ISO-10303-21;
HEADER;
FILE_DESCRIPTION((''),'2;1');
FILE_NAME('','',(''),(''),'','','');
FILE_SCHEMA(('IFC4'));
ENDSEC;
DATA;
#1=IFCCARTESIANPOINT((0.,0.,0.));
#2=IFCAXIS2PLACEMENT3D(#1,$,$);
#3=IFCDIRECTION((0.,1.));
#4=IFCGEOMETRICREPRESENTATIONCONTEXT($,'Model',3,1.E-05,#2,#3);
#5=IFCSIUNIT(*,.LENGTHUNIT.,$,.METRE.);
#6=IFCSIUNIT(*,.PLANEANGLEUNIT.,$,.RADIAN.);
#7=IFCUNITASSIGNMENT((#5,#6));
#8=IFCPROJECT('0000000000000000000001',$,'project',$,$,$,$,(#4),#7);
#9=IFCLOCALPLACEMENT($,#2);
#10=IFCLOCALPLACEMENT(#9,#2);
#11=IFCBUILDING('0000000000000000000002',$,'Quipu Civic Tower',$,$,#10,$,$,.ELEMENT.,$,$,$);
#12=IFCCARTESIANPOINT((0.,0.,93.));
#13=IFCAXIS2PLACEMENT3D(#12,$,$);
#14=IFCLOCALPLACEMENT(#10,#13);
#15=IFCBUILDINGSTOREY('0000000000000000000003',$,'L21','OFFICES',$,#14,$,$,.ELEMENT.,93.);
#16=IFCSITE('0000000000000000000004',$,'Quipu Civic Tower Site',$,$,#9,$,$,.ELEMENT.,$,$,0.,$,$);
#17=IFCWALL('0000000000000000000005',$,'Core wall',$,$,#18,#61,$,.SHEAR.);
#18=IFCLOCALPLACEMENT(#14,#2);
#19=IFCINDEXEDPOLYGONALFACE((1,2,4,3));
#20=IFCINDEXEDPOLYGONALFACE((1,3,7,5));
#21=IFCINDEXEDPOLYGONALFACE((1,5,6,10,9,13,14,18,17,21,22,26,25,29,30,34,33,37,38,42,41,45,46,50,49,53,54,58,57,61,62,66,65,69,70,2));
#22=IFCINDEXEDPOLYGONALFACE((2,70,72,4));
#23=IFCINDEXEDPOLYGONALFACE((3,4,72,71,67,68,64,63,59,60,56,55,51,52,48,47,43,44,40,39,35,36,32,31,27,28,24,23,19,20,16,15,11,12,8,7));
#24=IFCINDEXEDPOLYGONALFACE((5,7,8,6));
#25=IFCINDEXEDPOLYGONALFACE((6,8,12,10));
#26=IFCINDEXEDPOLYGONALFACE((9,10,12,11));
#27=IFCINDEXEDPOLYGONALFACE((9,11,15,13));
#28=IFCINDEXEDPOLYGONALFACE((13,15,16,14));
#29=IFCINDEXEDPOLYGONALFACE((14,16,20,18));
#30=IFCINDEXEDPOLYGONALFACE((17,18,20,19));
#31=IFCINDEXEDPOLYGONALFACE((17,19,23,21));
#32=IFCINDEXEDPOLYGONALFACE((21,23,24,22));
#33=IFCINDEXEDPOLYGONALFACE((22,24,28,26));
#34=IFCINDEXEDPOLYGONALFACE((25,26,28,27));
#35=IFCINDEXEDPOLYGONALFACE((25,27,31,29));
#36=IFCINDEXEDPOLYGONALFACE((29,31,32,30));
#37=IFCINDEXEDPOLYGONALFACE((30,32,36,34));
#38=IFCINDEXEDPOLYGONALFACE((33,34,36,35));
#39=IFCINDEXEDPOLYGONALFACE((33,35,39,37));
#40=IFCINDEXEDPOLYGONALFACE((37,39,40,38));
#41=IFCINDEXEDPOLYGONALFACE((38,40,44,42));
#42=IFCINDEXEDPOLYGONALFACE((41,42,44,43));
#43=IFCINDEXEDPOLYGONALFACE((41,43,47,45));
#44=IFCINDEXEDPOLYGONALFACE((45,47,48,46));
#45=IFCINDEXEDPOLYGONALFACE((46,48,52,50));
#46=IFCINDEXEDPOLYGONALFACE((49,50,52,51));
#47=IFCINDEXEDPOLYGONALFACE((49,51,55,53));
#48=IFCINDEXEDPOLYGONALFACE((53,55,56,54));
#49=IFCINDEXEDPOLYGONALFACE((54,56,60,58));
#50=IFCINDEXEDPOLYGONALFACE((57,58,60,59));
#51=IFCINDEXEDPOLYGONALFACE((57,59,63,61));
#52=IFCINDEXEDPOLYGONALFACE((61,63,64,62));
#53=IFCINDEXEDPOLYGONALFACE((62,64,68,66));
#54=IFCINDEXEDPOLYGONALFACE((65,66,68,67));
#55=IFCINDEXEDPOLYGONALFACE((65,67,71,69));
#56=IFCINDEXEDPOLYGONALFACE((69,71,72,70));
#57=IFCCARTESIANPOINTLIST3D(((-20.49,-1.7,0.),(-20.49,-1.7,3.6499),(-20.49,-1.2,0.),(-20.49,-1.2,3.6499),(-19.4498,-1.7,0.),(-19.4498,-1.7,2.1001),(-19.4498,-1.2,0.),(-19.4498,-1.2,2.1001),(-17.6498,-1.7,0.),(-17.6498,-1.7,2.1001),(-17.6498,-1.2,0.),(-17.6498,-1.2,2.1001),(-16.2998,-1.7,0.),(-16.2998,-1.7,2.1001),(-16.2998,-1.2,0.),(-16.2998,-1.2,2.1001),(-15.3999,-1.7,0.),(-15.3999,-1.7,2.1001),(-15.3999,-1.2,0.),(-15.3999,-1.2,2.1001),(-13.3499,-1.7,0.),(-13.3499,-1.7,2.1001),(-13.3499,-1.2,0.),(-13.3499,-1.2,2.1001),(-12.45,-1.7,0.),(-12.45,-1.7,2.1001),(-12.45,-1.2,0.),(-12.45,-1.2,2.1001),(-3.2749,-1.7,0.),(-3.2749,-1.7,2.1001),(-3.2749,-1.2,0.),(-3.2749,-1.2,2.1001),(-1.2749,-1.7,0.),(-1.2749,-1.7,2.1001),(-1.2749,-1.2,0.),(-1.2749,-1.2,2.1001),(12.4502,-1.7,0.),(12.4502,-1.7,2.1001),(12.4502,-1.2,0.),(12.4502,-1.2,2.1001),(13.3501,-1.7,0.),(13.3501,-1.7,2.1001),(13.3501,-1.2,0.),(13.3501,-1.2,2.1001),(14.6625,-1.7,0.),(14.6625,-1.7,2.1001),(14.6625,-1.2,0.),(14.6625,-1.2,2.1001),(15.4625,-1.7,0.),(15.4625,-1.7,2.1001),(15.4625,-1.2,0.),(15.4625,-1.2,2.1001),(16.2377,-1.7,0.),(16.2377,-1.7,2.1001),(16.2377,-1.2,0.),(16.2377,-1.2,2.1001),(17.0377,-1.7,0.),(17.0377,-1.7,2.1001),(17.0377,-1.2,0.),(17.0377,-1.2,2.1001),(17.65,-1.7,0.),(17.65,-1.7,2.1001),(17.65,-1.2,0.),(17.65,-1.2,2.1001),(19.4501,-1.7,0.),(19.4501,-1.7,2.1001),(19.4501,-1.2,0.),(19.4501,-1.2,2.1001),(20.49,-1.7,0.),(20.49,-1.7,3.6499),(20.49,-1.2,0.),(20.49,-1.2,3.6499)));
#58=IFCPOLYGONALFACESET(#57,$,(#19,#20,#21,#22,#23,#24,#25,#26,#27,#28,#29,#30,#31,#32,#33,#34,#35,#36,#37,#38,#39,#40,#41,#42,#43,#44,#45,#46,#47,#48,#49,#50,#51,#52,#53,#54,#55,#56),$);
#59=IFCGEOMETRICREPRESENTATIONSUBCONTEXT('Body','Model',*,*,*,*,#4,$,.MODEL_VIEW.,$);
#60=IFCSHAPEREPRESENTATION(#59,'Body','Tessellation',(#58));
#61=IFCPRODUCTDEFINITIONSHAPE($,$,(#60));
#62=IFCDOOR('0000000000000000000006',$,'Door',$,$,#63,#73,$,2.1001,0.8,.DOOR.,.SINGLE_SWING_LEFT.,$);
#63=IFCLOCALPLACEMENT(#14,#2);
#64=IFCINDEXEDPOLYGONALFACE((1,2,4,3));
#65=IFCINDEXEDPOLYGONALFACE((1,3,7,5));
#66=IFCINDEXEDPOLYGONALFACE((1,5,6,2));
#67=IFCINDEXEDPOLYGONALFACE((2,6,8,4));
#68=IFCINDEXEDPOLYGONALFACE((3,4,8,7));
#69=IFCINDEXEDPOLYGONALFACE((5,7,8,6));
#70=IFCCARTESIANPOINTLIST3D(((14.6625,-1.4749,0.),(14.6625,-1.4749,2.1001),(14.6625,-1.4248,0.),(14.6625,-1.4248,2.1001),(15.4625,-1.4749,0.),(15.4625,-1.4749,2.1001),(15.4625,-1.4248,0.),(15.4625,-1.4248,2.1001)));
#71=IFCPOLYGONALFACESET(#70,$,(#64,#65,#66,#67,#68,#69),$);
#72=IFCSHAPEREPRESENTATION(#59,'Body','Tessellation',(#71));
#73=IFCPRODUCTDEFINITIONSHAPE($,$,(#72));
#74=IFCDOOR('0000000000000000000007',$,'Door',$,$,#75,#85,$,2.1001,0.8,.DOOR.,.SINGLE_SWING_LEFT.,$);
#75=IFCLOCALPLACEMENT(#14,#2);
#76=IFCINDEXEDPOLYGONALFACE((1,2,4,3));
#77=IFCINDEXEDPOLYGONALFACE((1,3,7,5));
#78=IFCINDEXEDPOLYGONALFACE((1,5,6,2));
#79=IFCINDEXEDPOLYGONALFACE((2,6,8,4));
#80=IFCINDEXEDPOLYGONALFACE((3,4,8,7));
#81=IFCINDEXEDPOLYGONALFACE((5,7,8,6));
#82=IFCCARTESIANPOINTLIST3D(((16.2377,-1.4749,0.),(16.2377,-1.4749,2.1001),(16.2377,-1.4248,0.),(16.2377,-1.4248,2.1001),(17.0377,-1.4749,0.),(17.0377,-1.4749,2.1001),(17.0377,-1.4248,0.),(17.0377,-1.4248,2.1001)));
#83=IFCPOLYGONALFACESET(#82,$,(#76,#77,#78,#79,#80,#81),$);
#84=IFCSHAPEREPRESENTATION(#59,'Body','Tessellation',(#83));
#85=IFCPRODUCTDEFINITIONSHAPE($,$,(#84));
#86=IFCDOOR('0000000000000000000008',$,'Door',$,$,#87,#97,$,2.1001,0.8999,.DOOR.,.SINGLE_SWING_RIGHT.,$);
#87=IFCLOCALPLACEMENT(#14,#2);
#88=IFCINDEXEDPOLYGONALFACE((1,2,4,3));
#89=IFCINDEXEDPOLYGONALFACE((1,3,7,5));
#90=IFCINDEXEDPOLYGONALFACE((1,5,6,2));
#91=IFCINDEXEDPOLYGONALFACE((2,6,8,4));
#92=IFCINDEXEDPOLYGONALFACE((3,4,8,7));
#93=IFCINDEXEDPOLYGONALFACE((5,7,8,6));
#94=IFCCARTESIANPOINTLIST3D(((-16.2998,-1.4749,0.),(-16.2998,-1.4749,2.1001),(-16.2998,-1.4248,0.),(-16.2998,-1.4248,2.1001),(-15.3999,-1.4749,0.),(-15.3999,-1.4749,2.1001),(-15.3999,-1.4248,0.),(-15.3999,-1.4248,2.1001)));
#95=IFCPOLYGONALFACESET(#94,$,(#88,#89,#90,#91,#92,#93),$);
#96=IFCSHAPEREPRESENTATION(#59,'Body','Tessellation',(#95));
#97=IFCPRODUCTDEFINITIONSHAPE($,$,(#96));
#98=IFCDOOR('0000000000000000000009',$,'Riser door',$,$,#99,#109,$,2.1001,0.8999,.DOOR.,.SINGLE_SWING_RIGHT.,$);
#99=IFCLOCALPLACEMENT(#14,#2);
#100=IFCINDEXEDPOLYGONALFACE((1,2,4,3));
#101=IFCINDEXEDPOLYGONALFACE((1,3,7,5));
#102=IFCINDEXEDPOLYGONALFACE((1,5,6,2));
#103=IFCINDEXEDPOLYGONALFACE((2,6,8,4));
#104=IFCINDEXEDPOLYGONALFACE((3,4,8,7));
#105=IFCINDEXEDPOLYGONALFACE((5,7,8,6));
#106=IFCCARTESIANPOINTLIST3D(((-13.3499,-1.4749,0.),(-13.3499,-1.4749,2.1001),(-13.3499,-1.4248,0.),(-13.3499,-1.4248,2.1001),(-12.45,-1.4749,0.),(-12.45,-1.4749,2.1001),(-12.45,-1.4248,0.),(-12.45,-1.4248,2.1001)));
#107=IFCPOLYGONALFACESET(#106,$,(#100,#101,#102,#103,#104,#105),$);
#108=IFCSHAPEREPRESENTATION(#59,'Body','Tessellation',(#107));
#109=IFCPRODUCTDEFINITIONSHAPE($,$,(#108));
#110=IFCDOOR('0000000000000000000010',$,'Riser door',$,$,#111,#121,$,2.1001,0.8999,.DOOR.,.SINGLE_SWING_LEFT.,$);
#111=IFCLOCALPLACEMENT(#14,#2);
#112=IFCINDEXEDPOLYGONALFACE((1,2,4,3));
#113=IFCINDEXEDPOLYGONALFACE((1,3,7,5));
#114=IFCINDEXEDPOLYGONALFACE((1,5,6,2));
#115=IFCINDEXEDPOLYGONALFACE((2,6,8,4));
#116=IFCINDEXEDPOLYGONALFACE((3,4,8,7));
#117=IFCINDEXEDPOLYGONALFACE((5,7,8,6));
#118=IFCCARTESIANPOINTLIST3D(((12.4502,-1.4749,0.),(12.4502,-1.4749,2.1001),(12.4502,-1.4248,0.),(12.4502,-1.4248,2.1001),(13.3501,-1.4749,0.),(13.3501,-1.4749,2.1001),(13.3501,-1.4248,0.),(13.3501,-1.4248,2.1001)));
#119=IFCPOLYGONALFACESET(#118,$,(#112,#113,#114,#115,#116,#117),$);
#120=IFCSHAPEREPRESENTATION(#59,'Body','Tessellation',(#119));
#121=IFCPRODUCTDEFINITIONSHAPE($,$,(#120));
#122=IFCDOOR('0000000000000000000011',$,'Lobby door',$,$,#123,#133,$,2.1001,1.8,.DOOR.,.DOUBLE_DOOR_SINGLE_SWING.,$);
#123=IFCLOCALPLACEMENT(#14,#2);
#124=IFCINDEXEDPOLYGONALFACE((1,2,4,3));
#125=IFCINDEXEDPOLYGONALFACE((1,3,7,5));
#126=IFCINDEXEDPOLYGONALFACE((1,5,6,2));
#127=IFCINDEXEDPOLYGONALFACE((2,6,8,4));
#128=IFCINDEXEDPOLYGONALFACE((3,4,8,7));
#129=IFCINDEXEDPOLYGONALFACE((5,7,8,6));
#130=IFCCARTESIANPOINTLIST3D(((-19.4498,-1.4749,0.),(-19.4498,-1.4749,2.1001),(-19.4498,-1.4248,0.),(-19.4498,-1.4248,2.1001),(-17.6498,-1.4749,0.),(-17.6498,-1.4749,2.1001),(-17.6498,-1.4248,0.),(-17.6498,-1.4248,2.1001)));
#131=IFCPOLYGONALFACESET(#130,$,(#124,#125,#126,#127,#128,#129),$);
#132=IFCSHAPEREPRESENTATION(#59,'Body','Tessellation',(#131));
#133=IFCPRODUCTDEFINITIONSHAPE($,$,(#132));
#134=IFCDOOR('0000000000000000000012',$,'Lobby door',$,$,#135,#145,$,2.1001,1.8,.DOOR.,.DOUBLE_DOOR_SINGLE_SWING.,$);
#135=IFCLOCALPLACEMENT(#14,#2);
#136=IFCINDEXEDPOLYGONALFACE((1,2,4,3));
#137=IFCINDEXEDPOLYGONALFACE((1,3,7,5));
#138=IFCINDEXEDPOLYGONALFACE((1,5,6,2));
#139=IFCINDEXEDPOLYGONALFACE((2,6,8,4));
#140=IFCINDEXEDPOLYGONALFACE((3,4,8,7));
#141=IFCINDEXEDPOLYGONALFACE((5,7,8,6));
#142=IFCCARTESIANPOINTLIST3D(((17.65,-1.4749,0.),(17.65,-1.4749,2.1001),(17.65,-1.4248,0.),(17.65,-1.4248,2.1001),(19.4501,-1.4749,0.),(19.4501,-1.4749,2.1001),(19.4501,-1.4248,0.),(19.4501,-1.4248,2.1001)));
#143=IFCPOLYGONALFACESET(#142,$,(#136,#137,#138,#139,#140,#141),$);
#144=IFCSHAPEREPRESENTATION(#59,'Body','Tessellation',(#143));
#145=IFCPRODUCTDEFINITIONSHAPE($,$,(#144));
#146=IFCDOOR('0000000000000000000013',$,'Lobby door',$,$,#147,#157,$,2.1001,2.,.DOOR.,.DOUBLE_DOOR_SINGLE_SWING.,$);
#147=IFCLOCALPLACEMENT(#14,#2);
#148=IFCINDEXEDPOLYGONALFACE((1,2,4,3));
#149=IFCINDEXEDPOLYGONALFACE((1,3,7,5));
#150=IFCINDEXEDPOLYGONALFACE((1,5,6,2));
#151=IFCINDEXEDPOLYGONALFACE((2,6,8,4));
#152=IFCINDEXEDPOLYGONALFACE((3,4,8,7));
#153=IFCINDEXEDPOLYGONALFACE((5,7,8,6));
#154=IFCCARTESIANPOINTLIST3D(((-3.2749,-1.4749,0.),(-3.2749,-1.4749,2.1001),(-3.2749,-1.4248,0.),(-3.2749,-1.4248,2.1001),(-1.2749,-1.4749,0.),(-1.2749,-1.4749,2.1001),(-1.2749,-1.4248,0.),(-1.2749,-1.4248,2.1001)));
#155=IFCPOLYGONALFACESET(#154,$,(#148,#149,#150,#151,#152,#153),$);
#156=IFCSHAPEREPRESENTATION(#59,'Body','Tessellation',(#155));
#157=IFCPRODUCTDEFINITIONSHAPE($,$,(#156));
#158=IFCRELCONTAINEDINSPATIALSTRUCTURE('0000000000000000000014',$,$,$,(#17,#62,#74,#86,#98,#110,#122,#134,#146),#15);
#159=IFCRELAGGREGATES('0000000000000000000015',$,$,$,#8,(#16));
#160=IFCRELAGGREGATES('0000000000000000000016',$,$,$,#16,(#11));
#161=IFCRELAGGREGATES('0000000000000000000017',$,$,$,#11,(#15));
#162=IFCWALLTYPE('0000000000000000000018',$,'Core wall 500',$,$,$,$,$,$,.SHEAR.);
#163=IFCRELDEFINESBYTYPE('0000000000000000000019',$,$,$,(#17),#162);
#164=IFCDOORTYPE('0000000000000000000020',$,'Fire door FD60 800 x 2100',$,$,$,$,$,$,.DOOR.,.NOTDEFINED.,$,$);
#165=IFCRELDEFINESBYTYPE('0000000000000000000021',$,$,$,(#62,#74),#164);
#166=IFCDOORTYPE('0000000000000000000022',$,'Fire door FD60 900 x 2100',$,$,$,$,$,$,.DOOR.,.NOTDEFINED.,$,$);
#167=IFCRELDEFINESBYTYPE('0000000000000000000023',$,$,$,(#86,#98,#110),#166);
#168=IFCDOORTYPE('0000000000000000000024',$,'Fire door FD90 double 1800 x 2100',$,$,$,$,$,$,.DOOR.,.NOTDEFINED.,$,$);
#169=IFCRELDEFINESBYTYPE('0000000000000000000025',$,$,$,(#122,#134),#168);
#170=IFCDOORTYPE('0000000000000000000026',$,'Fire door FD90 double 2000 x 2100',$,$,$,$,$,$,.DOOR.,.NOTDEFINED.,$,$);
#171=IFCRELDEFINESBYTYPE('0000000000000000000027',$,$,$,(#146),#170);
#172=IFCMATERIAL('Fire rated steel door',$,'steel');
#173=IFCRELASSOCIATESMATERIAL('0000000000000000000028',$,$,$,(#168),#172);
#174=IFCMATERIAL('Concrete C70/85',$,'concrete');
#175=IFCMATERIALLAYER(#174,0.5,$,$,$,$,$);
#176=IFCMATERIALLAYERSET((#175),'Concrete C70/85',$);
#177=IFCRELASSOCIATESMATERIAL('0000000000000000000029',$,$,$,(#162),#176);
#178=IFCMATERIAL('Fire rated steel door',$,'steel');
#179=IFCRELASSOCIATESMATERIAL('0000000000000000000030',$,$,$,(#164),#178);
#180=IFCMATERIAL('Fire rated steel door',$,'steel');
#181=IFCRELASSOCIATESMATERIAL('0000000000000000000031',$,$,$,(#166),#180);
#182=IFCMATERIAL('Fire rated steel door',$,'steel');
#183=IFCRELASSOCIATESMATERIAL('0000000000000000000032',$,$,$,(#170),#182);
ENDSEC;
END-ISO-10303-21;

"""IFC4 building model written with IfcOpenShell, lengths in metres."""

from ifc_helpers import new_model, si_unit, direction, frame, frame_2d, origin, place, context, subcontext, project, spatial, rectangle, extrude, material, layer, layer_set, type_object, element, fill, save


model = new_model("IFC4")

# Units and contexts
model_context = context("Model", 3, precision=1e-05, world=origin(), true_north=direction((0.0, 1.0)))
body_context = subcontext(model_context, "Body", "Model", "MODEL_VIEW")
ifc_project = project(units=[si_unit("LENGTHUNIT", "METRE"), si_unit("PLANEANGLEUNIT", "RADIAN")], contexts=[model_context])

# Site, building, storey
site_placement = place(None, origin())
site = spatial("IfcSite", under=ifc_project, at=site_placement, Name="Quipu Civic Tower Site", CompositionType="ELEMENT", RefElevation=0.0)
building_placement = place(site_placement, origin())
building = spatial("IfcBuilding", under=site, at=building_placement, Name="Quipu Civic Tower", CompositionType="ELEMENT")
storey_placement = place(building_placement, frame((0.0, 0.0, 93.0)))
storey = spatial("IfcBuildingStorey", under=building, at=storey_placement, Name="L21", Description="OFFICES", CompositionType="ELEMENT", Elevation=93.0)

# Shared definitions
ifc_material_1 = material(Name="Fire rated steel door", Category="steel")
door_type_1 = type_object("IfcDoorType", Name="Fire door FD90 double 1800 x 2100", OperationType="NOTDEFINED", PredefinedType="DOOR", material=ifc_material_1)

# Shared definitions
ifc_material_2 = material(Name="Concrete C70/85", Category="concrete")
ifc_layer_1 = layer(ifc_material_2, 0.5)
ifc_layer_set_1 = layer_set([ifc_layer_1], Name="Concrete C70/85")
wall_type_1 = type_object("IfcWallType", Name="Core wall 500", PredefinedType="SHEAR", material=ifc_layer_set_1)

# Wall, openings, doors
wall_1_placement = place(storey_placement, frame((20.49, -1.45, 0.0), z_axis=(0.0, 0.0, 1.0), x_axis=(-1.0, 0.0, 0.0)))
wall_1 = element("IfcWall", 1, at=wall_1_placement, inside=storey, type_object=wall_type_1, Name="Core wall", PredefinedType="SHEAR", context=body_context, shape_type="SweptSolid", body=[
    extrude(rectangle(XDim=40.98, YDim=0.5, at=frame_2d((20.49, 0.0))), origin(), (0.0, 0.0, 1.0), 3.6499),
])
opening_1_placement = place(wall_1_placement, frame((38.1399, 0.0, 0.0)))
opening_1 = element("IfcOpeningElement", 2, at=opening_1_placement, cuts=wall_1, PredefinedType="OPENING", context=body_context, shape_type="SweptSolid", body=[
    extrude(rectangle(XDim=1.8, YDim=2.1001, at=frame_2d((0.8999, 1.05))), frame((0.0, 0.26, 0.0), z_axis=(0.0, -1.0, 0.0), x_axis=(1.0, 0.0, 0.0)), (0.0, 0.0, 1.0), 0.52),
])
opening_2_placement = place(wall_1_placement, frame((35.8899, 0.0, 0.0)))
opening_2 = element("IfcOpeningElement", 3, at=opening_2_placement, cuts=wall_1, PredefinedType="OPENING", context=body_context, shape_type="SweptSolid", body=[
    extrude(rectangle(XDim=0.8999, YDim=2.1001, at=frame_2d((0.45, 1.05))), frame((0.0, 0.26, 0.0), z_axis=(0.0, -1.0, 0.0), x_axis=(1.0, 0.0, 0.0)), (0.0, 0.0, 1.0), 0.52),
])
opening_3_placement = place(wall_1_placement, frame((32.9399, 0.0, 0.0)))
opening_3 = element("IfcOpeningElement", 4, at=opening_3_placement, cuts=wall_1, PredefinedType="OPENING", context=body_context, shape_type="SweptSolid", body=[
    extrude(rectangle(XDim=0.8999, YDim=2.1001, at=frame_2d((0.45, 1.05))), frame((0.0, 0.26, 0.0), z_axis=(0.0, -1.0, 0.0), x_axis=(1.0, 0.0, 0.0)), (0.0, 0.0, 1.0), 0.52),
])
opening_4_placement = place(wall_1_placement, frame((21.7649, 0.0, 0.0)))
opening_4 = element("IfcOpeningElement", 5, at=opening_4_placement, cuts=wall_1, PredefinedType="OPENING", context=body_context, shape_type="SweptSolid", body=[
    extrude(rectangle(XDim=2.0, YDim=2.1001, at=frame_2d((1.0, 1.05))), frame((0.0, 0.26, 0.0), z_axis=(0.0, -1.0, 0.0), x_axis=(1.0, 0.0, 0.0)), (0.0, 0.0, 1.0), 0.52),
])
opening_5_placement = place(wall_1_placement, frame((7.1399, 0.0, 0.0)))
opening_5 = element("IfcOpeningElement", 6, at=opening_5_placement, cuts=wall_1, PredefinedType="OPENING", context=body_context, shape_type="SweptSolid", body=[
    extrude(rectangle(XDim=0.8999, YDim=2.1001, at=frame_2d((0.45, 1.05))), frame((0.0, 0.26, 0.0), z_axis=(0.0, -1.0, 0.0), x_axis=(1.0, 0.0, 0.0)), (0.0, 0.0, 1.0), 0.52),
])
opening_6_placement = place(wall_1_placement, frame((5.0276, 0.0, 0.0)))
opening_6 = element("IfcOpeningElement", 7, at=opening_6_placement, cuts=wall_1, PredefinedType="OPENING", context=body_context, shape_type="SweptSolid", body=[
    extrude(rectangle(XDim=0.8, YDim=2.1001, at=frame_2d((0.3999, 1.05))), frame((0.0, 0.26, 0.0), z_axis=(0.0, -1.0, 0.0), x_axis=(1.0, 0.0, 0.0)), (0.0, 0.0, 1.0), 0.52),
])
opening_7_placement = place(wall_1_placement, frame((3.4524, 0.0, 0.0)))
opening_7 = element("IfcOpeningElement", 8, at=opening_7_placement, cuts=wall_1, PredefinedType="OPENING", context=body_context, shape_type="SweptSolid", body=[
    extrude(rectangle(XDim=0.8, YDim=2.1001, at=frame_2d((0.3999, 1.05))), frame((0.0, 0.26, 0.0), z_axis=(0.0, -1.0, 0.0), x_axis=(1.0, 0.0, 0.0)), (0.0, 0.0, 1.0), 0.52),
])
opening_8_placement = place(wall_1_placement, frame((1.04, 0.0, 0.0)))
opening_8 = element("IfcOpeningElement", 9, at=opening_8_placement, cuts=wall_1, PredefinedType="OPENING", context=body_context, shape_type="SweptSolid", body=[
    extrude(rectangle(XDim=1.8, YDim=2.1001, at=frame_2d((0.8999, 1.05))), frame((0.0, 0.26, 0.0), z_axis=(0.0, -1.0, 0.0), x_axis=(1.0, 0.0, 0.0)), (0.0, 0.0, 1.0), 0.52),
])
ifc_material_3 = material(Name="Fire rated steel door", Category="steel")
door_type_2 = type_object("IfcDoorType", Name="Fire door FD60 800 x 2100", OperationType="NOTDEFINED", PredefinedType="DOOR", material=ifc_material_3)
door_1_placement = place(opening_6_placement, origin())
door_1 = element("IfcDoor", 10, at=door_1_placement, inside=storey, type_object=door_type_2, Name="Door", OperationType="SINGLE_SWING_LEFT", OverallHeight=2.1001, OverallWidth=0.8, PredefinedType="DOOR", context=body_context, shape_type="SweptSolid", body=[
    extrude(rectangle(XDim=0.8, YDim=2.1001, at=frame_2d((0.3999, 1.05))), frame((0.0, 0.0249, 0.0), z_axis=(0.0, -1.0, 0.0), x_axis=(1.0, 0.0, 0.0)), (0.0, 0.0, 1.0), 0.05),
])
fill(opening_6, door_1)
door_2_placement = place(opening_7_placement, origin())
door_2 = element("IfcDoor", 11, at=door_2_placement, inside=storey, type_object=door_type_2, Name="Door", OperationType="SINGLE_SWING_LEFT", OverallHeight=2.1001, OverallWidth=0.8, PredefinedType="DOOR", context=body_context, shape_type="SweptSolid", body=[
    extrude(rectangle(XDim=0.8, YDim=2.1001, at=frame_2d((0.3999, 1.05))), frame((0.0, 0.0249, 0.0), z_axis=(0.0, -1.0, 0.0), x_axis=(1.0, 0.0, 0.0)), (0.0, 0.0, 1.0), 0.05),
])
fill(opening_7, door_2)
ifc_material_4 = material(Name="Fire rated steel door", Category="steel")
door_type_3 = type_object("IfcDoorType", Name="Fire door FD60 900 x 2100", OperationType="NOTDEFINED", PredefinedType="DOOR", material=ifc_material_4)
door_3_placement = place(opening_2_placement, origin())
door_3 = element("IfcDoor", 12, at=door_3_placement, inside=storey, type_object=door_type_3, Name="Door", OperationType="SINGLE_SWING_RIGHT", OverallHeight=2.1001, OverallWidth=0.8999, PredefinedType="DOOR", context=body_context, shape_type="SweptSolid", body=[
    extrude(rectangle(XDim=0.8999, YDim=2.1001, at=frame_2d((0.45, 1.05))), frame((0.0, 0.0249, 0.0), z_axis=(0.0, -1.0, 0.0), x_axis=(1.0, 0.0, 0.0)), (0.0, 0.0, 1.0), 0.05),
])
fill(opening_2, door_3)
door_4_placement = place(opening_3_placement, origin())
door_4 = element("IfcDoor", 13, at=door_4_placement, inside=storey, type_object=door_type_3, Name="Riser door", OperationType="SINGLE_SWING_RIGHT", OverallHeight=2.1001, OverallWidth=0.8999, PredefinedType="DOOR", context=body_context, shape_type="SweptSolid", body=[
    extrude(rectangle(XDim=0.8999, YDim=2.1001, at=frame_2d((0.45, 1.05))), frame((0.0, 0.0249, 0.0), z_axis=(0.0, -1.0, 0.0), x_axis=(1.0, 0.0, 0.0)), (0.0, 0.0, 1.0), 0.05),
])
fill(opening_3, door_4)
door_5_placement = place(opening_5_placement, origin())
door_5 = element("IfcDoor", 14, at=door_5_placement, inside=storey, type_object=door_type_3, Name="Riser door", OperationType="SINGLE_SWING_LEFT", OverallHeight=2.1001, OverallWidth=0.8999, PredefinedType="DOOR", context=body_context, shape_type="SweptSolid", body=[
    extrude(rectangle(XDim=0.8999, YDim=2.1001, at=frame_2d((0.45, 1.05))), frame((0.0, 0.0249, 0.0), z_axis=(0.0, -1.0, 0.0), x_axis=(1.0, 0.0, 0.0)), (0.0, 0.0, 1.0), 0.05),
])
fill(opening_5, door_5)
door_6_placement = place(opening_1_placement, origin())
door_6 = element("IfcDoor", 15, at=door_6_placement, inside=storey, type_object=door_type_1, Name="Lobby door", OperationType="DOUBLE_DOOR_SINGLE_SWING", OverallHeight=2.1001, OverallWidth=1.8, PredefinedType="DOOR", context=body_context, shape_type="SweptSolid", body=[
    extrude(rectangle(XDim=1.8, YDim=2.1001, at=frame_2d((0.8999, 1.05))), frame((0.0, 0.0249, 0.0), z_axis=(0.0, -1.0, 0.0), x_axis=(1.0, 0.0, 0.0)), (0.0, 0.0, 1.0), 0.05),
])
fill(opening_1, door_6)
door_7_placement = place(opening_8_placement, origin())
door_7 = element("IfcDoor", 16, at=door_7_placement, inside=storey, type_object=door_type_1, Name="Lobby door", OperationType="DOUBLE_DOOR_SINGLE_SWING", OverallHeight=2.1001, OverallWidth=1.8, PredefinedType="DOOR", context=body_context, shape_type="SweptSolid", body=[
    extrude(rectangle(XDim=1.8, YDim=2.1001, at=frame_2d((0.8999, 1.05))), frame((0.0, 0.0249, 0.0), z_axis=(0.0, -1.0, 0.0), x_axis=(1.0, 0.0, 0.0)), (0.0, 0.0, 1.0), 0.05),
])
fill(opening_8, door_7)
ifc_material_5 = material(Name="Fire rated steel door", Category="steel")
door_type_4 = type_object("IfcDoorType", Name="Fire door FD90 double 2000 x 2100", OperationType="NOTDEFINED", PredefinedType="DOOR", material=ifc_material_5)
door_8_placement = place(opening_4_placement, origin())
door_8 = element("IfcDoor", 17, at=door_8_placement, inside=storey, type_object=door_type_4, Name="Lobby door", OperationType="DOUBLE_DOOR_SINGLE_SWING", OverallHeight=2.1001, OverallWidth=2.0, PredefinedType="DOOR", context=body_context, shape_type="SweptSolid", body=[
    extrude(rectangle(XDim=2.0, YDim=2.1001, at=frame_2d((1.0, 1.05))), frame((0.0, 0.0249, 0.0), z_axis=(0.0, -1.0, 0.0), x_axis=(1.0, 0.0, 0.0)), (0.0, 0.0, 1.0), 0.05),
])
fill(opening_4, door_8)

save(model, "model.ifc")
